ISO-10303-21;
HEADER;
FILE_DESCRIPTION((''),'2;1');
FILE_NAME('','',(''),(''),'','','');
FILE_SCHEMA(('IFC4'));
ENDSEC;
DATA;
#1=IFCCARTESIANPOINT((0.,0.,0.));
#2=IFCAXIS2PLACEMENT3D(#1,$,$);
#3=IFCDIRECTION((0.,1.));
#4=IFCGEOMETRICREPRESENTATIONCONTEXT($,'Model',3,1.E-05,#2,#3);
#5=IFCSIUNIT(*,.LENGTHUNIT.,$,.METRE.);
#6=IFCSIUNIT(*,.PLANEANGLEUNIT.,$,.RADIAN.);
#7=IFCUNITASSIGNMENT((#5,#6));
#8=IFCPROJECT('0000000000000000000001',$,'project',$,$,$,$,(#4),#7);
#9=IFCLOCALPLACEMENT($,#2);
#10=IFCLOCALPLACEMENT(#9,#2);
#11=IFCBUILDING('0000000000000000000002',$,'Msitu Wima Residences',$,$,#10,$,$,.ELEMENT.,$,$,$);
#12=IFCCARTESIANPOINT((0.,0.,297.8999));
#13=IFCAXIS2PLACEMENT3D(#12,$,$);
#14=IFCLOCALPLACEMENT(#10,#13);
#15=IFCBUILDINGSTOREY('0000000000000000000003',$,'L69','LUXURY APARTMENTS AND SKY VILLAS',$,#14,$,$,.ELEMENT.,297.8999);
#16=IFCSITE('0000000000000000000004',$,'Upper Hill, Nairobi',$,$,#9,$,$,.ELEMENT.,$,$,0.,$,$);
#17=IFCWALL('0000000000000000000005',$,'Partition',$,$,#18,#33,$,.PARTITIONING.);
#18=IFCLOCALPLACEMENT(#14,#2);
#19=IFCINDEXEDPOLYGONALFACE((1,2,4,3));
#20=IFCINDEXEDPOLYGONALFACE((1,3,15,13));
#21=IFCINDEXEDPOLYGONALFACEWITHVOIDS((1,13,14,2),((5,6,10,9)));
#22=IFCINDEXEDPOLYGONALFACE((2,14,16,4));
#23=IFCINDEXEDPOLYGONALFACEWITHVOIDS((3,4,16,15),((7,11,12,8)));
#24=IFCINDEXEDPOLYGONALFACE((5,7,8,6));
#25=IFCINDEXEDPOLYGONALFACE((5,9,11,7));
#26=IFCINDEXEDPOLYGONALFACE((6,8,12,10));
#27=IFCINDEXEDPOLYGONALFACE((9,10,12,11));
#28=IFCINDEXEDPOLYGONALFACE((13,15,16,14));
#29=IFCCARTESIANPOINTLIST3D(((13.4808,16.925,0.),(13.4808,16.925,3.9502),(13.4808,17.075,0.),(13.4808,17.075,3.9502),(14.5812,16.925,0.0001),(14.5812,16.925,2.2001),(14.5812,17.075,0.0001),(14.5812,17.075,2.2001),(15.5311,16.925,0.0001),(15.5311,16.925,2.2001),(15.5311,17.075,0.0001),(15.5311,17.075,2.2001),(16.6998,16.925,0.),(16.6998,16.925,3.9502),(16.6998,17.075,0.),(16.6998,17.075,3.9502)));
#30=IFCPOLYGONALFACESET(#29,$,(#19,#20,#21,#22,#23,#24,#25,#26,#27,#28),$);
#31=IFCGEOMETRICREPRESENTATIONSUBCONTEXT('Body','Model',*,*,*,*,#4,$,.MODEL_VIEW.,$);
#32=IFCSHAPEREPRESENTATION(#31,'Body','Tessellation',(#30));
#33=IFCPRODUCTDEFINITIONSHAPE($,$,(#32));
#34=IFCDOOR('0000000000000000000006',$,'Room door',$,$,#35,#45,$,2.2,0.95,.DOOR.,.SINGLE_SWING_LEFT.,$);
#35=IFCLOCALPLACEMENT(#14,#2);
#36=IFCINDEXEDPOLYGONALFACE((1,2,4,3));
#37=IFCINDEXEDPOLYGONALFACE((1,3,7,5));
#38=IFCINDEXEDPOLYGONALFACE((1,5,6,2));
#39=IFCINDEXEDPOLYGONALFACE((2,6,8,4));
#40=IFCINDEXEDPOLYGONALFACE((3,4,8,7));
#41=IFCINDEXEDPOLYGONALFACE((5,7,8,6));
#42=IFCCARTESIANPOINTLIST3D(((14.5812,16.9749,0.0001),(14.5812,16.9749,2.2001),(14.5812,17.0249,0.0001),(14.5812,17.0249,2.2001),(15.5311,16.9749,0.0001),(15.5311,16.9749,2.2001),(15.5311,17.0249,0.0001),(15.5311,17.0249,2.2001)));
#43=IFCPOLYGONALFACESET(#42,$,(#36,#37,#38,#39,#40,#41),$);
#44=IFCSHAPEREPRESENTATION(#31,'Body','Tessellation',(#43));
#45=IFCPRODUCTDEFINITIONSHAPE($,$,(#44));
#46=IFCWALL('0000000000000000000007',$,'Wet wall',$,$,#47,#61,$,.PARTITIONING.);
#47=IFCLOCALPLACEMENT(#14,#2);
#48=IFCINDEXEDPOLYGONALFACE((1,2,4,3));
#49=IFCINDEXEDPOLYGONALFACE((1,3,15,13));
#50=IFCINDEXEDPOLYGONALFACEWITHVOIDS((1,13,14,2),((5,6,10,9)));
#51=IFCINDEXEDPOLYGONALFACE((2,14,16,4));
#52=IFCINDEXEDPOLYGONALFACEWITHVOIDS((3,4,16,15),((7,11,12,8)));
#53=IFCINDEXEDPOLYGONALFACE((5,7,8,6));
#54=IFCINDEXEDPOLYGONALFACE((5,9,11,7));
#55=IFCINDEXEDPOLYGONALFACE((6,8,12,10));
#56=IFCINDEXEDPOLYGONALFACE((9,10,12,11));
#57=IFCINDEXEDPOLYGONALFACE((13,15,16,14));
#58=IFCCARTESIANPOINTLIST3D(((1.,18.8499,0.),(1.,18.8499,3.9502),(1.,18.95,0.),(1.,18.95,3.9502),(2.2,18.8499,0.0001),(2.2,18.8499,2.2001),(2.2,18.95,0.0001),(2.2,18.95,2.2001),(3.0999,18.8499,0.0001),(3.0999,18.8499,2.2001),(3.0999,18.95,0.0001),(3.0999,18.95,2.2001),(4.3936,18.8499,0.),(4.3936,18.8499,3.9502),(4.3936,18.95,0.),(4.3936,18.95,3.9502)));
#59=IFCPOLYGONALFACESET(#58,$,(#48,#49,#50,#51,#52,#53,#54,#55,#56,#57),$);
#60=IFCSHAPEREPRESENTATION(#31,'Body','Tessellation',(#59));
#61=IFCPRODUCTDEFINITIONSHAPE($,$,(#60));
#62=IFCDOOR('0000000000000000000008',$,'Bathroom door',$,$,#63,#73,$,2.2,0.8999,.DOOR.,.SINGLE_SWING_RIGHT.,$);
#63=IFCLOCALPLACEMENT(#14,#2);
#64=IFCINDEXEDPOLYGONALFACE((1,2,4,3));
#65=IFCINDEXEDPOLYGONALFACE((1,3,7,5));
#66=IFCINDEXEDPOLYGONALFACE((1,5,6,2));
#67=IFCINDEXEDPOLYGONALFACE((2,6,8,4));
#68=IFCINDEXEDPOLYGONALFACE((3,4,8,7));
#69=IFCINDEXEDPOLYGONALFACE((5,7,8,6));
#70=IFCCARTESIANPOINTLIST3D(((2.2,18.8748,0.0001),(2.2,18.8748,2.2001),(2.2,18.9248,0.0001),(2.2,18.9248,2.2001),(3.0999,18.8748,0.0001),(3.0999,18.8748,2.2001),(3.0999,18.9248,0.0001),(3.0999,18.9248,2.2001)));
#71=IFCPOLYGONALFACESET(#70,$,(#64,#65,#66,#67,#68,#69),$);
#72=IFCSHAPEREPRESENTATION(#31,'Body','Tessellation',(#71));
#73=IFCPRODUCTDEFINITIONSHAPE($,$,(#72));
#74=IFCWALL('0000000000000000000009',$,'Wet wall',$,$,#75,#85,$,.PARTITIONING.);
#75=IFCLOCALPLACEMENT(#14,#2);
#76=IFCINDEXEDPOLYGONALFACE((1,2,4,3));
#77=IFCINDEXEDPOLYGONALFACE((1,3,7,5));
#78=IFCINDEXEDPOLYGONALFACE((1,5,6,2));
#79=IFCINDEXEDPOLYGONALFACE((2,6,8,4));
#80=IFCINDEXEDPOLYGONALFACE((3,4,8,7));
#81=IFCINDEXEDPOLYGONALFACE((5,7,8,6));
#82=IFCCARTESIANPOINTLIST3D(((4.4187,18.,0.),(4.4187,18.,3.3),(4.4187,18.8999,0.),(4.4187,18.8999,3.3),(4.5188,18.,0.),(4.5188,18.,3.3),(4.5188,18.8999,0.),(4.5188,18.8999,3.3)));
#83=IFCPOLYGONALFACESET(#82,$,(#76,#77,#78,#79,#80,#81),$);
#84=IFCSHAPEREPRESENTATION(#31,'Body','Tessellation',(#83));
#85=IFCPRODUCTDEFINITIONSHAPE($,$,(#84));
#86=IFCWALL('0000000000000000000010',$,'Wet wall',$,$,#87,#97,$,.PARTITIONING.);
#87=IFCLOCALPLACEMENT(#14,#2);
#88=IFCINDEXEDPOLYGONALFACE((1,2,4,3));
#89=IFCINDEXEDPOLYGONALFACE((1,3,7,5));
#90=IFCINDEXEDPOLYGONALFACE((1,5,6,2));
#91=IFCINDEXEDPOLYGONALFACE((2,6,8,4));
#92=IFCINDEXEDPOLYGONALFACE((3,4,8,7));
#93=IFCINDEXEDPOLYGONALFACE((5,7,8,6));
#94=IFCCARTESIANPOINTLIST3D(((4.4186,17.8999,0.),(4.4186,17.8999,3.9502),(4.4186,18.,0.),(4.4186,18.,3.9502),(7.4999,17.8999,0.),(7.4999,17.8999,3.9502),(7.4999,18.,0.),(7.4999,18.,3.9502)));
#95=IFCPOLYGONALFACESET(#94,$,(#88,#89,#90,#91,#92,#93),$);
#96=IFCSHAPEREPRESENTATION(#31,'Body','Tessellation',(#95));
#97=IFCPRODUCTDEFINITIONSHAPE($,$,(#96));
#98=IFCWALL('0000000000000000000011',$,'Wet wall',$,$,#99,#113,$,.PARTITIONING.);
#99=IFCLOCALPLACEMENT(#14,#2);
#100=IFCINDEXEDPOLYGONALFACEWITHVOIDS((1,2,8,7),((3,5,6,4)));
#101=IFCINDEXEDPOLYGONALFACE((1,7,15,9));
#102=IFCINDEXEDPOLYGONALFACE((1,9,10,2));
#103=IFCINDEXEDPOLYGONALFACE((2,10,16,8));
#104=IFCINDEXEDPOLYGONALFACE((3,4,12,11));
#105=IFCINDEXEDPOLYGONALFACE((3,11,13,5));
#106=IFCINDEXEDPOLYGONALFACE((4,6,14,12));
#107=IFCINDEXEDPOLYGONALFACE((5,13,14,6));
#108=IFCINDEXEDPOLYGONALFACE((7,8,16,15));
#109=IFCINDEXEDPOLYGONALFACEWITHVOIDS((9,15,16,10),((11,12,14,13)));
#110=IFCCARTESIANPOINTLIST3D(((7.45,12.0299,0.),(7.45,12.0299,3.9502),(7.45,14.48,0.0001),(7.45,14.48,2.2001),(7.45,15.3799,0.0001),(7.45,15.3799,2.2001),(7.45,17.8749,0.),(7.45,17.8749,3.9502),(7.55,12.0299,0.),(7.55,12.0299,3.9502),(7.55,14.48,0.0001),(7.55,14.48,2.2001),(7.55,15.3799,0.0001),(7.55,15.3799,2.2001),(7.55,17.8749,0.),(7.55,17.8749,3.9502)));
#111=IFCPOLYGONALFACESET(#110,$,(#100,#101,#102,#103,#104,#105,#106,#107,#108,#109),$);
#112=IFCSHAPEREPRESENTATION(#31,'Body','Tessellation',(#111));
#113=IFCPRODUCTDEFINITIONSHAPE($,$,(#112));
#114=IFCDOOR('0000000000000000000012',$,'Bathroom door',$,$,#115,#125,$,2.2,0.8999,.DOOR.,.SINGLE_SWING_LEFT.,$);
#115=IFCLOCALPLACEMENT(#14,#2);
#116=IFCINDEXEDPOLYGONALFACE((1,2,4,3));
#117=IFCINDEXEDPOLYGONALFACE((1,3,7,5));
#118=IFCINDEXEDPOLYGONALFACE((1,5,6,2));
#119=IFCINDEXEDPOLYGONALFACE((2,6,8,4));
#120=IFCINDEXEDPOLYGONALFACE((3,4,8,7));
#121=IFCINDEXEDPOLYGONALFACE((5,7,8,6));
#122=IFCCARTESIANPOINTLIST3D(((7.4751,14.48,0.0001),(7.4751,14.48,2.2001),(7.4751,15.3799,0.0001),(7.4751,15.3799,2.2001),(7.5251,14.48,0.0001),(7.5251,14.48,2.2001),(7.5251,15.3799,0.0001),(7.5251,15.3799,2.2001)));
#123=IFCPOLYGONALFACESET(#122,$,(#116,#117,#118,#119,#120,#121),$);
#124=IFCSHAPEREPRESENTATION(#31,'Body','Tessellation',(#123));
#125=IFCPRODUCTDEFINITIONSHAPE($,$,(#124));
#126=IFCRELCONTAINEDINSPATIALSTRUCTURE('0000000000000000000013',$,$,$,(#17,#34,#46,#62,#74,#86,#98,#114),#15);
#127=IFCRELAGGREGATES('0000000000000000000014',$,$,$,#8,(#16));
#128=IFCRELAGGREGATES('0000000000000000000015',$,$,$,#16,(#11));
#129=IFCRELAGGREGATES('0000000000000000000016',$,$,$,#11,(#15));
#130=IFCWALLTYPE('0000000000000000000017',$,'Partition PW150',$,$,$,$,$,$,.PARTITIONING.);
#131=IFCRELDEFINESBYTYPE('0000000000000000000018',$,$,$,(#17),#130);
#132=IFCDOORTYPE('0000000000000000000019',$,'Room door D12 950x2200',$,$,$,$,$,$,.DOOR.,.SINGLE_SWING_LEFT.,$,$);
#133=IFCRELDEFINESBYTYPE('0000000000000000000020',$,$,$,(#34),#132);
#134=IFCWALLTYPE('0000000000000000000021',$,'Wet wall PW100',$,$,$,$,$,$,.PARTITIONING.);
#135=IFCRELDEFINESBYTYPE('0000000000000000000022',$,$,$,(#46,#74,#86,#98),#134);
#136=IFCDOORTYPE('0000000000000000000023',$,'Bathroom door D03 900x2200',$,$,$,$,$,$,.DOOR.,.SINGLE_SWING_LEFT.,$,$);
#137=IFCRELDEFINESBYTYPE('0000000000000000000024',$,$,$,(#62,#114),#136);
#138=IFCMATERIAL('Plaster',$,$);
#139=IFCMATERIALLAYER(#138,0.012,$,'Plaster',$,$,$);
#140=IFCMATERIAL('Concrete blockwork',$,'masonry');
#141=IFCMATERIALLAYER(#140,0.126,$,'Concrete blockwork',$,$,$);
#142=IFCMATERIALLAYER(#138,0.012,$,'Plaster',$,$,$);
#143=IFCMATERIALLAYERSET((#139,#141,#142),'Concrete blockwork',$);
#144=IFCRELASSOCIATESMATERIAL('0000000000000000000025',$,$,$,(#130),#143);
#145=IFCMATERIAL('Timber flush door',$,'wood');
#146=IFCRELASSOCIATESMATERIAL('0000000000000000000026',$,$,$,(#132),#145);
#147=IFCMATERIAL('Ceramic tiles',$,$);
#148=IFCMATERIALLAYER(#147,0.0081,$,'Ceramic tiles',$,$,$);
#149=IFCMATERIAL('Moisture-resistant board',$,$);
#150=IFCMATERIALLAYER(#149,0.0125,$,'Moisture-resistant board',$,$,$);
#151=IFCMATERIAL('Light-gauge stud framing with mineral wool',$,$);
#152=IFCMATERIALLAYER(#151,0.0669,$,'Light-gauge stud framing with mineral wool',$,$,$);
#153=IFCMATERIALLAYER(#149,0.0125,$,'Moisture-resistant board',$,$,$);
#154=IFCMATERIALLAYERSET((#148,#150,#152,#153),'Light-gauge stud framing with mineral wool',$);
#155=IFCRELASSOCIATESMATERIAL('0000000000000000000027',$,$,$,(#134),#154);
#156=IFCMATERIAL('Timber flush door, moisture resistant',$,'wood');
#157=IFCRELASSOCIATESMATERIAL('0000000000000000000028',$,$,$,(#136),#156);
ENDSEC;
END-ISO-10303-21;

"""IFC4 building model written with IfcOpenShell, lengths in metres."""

from ifc_helpers import new_model, si_unit, direction, frame, frame_2d, origin, place, context, subcontext, project, spatial, rectangle, extrude, material, layer, layer_set, type_object, element, fill, save


model = new_model("IFC4")

# Units and contexts
model_context = context("Model", 3, precision=1e-05, world=origin(), true_north=direction((0.0, 1.0)))
body_context = subcontext(model_context, "Body", "Model", "MODEL_VIEW")
ifc_project = project(units=[si_unit("LENGTHUNIT", "METRE"), si_unit("PLANEANGLEUNIT", "RADIAN")], contexts=[model_context])

# Site, building, storey
site_placement = place(None, origin())
site = spatial("IfcSite", under=ifc_project, at=site_placement, Name="Upper Hill, Nairobi", CompositionType="ELEMENT", RefElevation=0.0)
building_placement = place(site_placement, origin())
building = spatial("IfcBuilding", under=site, at=building_placement, Name="Msitu Wima Residences", CompositionType="ELEMENT")
storey_placement = place(building_placement, frame((0.0, 0.0, 297.8999)))
storey = spatial("IfcBuildingStorey", under=building, at=storey_placement, Name="L69", Description="LUXURY APARTMENTS AND SKY VILLAS", CompositionType="ELEMENT", Elevation=297.8999)

# Walls, openings, doors
ifc_material_1 = material(Name="Plaster")
ifc_layer_1 = layer(ifc_material_1, 0.012, Name="Plaster")
ifc_material_2 = material(Name="Concrete blockwork", Category="masonry")
ifc_layer_2 = layer(ifc_material_2, 0.126, Name="Concrete blockwork")
ifc_layer_3 = layer(ifc_material_1, 0.012, Name="Plaster")
ifc_layer_set_1 = layer_set([ifc_layer_1, ifc_layer_2, ifc_layer_3], Name="Concrete blockwork")
wall_type_1 = type_object("IfcWallType", Name="Partition PW150", PredefinedType="PARTITIONING", material=ifc_layer_set_1)
wall_1_placement = place(storey_placement, frame((13.481, 17.0, 0.0), z_axis=(0.0, 0.0, 1.0), x_axis=(1.0, 0.0, 0.0)))
wall_1 = element("IfcWall", 1, at=wall_1_placement, inside=storey, type_object=wall_type_1, Name="Partition", PredefinedType="PARTITIONING", context=body_context, shape_type="SweptSolid", body=[
    extrude(rectangle(XDim=3.219, YDim=0.1499, at=frame_2d((1.6094, 0.0))), origin(), (0.0, 0.0, 1.0), 3.9502),
])
opening_1_placement = place(wall_1_placement, frame((1.1001, 0.0, 0.0)))
opening_1 = element("IfcOpeningElement", 2, at=opening_1_placement, cuts=wall_1, PredefinedType="OPENING", context=body_context, shape_type="SweptSolid", body=[
    extrude(rectangle(XDim=0.95, YDim=2.2, at=frame_2d((0.4751, 1.1001))), frame((0.0, 0.085, 0.0), z_axis=(0.0, -1.0, 0.0), x_axis=(1.0, 0.0, 0.0)), (0.0, 0.0, 1.0), 0.1699),
])
ifc_material_3 = material(Name="Timber flush door", Category="wood")
door_type_1 = type_object("IfcDoorType", Name="Room door D12 950x2200", OperationType="SINGLE_SWING_LEFT", PredefinedType="DOOR", material=ifc_material_3)
door_1_placement = place(opening_1_placement, origin())
door_1 = element("IfcDoor", 3, at=door_1_placement, inside=storey, type_object=door_type_1, Name="Room door", OperationType="SINGLE_SWING_LEFT", OverallHeight=2.2, OverallWidth=0.95, PredefinedType="DOOR", context=body_context, shape_type="SweptSolid", body=[
    extrude(rectangle(XDim=0.95, YDim=2.2, at=frame_2d((0.4751, 1.1001))), frame((0.0, 0.0249, 0.0), z_axis=(0.0, -1.0, 0.0), x_axis=(1.0, 0.0, 0.0)), (0.0, 0.0, 1.0), 0.05),
])
fill(opening_1, door_1)
ifc_material_4 = material(Name="Ceramic tiles")
ifc_layer_4 = layer(ifc_material_4, 0.0081, Name="Ceramic tiles")
ifc_material_5 = material(Name="Moisture-resistant board")
ifc_layer_5 = layer(ifc_material_5, 0.0125, Name="Moisture-resistant board")
ifc_material_6 = material(Name="Light-gauge stud framing with mineral wool")
ifc_layer_6 = layer(ifc_material_6, 0.0669, Name="Light-gauge stud framing with mineral wool")
ifc_layer_7 = layer(ifc_material_5, 0.0125, Name="Moisture-resistant board")
ifc_layer_set_2 = layer_set([ifc_layer_4, ifc_layer_5, ifc_layer_6, ifc_layer_7], Name="Light-gauge stud framing with mineral wool")
wall_type_2 = type_object("IfcWallType", Name="Wet wall PW100", PredefinedType="PARTITIONING", material=ifc_layer_set_2)
wall_2_placement = place(storey_placement, frame((1.0, 18.8999, 0.0), z_axis=(0.0, 0.0, 1.0), x_axis=(1.0, 0.0, 0.0)))
wall_2 = element("IfcWall", 4, at=wall_2_placement, inside=storey, type_object=wall_type_2, Name="Wet wall", PredefinedType="PARTITIONING", context=body_context, shape_type="SweptSolid", body=[
    extrude(rectangle(XDim=3.3936, YDim=0.1001, at=frame_2d((1.6968, 0.0))), origin(), (0.0, 0.0, 1.0), 3.9502),
])
opening_2_placement = place(wall_2_placement, frame((1.2, 0.0, 0.0)))
opening_2 = element("IfcOpeningElement", 5, at=opening_2_placement, cuts=wall_2, PredefinedType="OPENING", context=body_context, shape_type="SweptSolid", body=[
    extrude(rectangle(XDim=0.8999, YDim=2.2, at=frame_2d((0.45, 1.1001))), frame((0.0, 0.0601, 0.0), z_axis=(0.0, -1.0, 0.0), x_axis=(1.0, 0.0, 0.0)), (0.0, 0.0, 1.0), 0.1201),
])
ifc_material_7 = material(Name="Timber flush door, moisture resistant", Category="wood")
door_type_2 = type_object("IfcDoorType", Name="Bathroom door D03 900x2200", OperationType="SINGLE_SWING_LEFT", PredefinedType="DOOR", material=ifc_material_7)
door_2_placement = place(opening_2_placement, origin())
door_2 = element("IfcDoor", 6, at=door_2_placement, inside=storey, type_object=door_type_2, Name="Bathroom door", OperationType="SINGLE_SWING_RIGHT", OverallHeight=2.2, OverallWidth=0.8999, PredefinedType="DOOR", context=body_context, shape_type="SweptSolid", body=[
    extrude(rectangle(XDim=0.8999, YDim=2.2, at=frame_2d((0.45, 1.1001))), frame((0.0, 0.0249, 0.0), z_axis=(0.0, -1.0, 0.0), x_axis=(1.0, 0.0, 0.0)), (0.0, 0.0, 1.0), 0.05),
])
fill(opening_2, door_2)

# Walls
wall_3_placement = place(storey_placement, frame((4.4688, 18.0, 0.0), z_axis=(0.0, 0.0, 1.0), x_axis=(0.0, 1.0, 0.0)))
element("IfcWall", 7, at=wall_3_placement, inside=storey, type_object=wall_type_2, Name="Wet wall", PredefinedType="PARTITIONING", context=body_context, shape_type="SweptSolid", body=[
    extrude(rectangle(XDim=0.8999, YDim=0.1001, at=frame_2d((0.45, 0.0))), origin(), (0.0, 0.0, 1.0), 3.3),
])
wall_4_placement = place(storey_placement, frame((4.4187, 17.95, 0.0), z_axis=(0.0, 0.0, 1.0), x_axis=(1.0, 0.0, 0.0)))
element("IfcWall", 8, at=wall_4_placement, inside=storey, type_object=wall_type_2, Name="Wet wall", PredefinedType="PARTITIONING", context=body_context, shape_type="SweptSolid", body=[
    extrude(rectangle(XDim=3.0813, YDim=0.1001, at=frame_2d((1.5405, 0.0))), origin(), (0.0, 0.0, 1.0), 3.9502),
])

# Wall, opening, door
wall_5_placement = place(storey_placement, frame((7.5, 12.03, 0.0), z_axis=(0.0, 0.0, 1.0), x_axis=(0.0, 1.0, 0.0)))
wall_5 = element("IfcWall", 9, at=wall_5_placement, inside=storey, type_object=wall_type_2, Name="Wet wall", PredefinedType="PARTITIONING", context=body_context, shape_type="SweptSolid", body=[
    extrude(rectangle(XDim=5.845, YDim=0.1001, at=frame_2d((2.9224, 0.0))), origin(), (0.0, 0.0, 1.0), 3.9502),
])
opening_3_placement = place(wall_5_placement, frame((2.45, 0.0, 0.0)))
opening_3 = element("IfcOpeningElement", 10, at=opening_3_placement, cuts=wall_5, PredefinedType="OPENING", context=body_context, shape_type="SweptSolid", body=[
    extrude(rectangle(XDim=0.8999, YDim=2.2, at=frame_2d((0.45, 1.1001))), frame((0.0, 0.0601, 0.0), z_axis=(0.0, -1.0, 0.0), x_axis=(1.0, 0.0, 0.0)), (0.0, 0.0, 1.0), 0.1201),
])
door_3_placement = place(opening_3_placement, origin())
door_3 = element("IfcDoor", 11, at=door_3_placement, inside=storey, type_object=door_type_2, Name="Bathroom door", OperationType="SINGLE_SWING_LEFT", OverallHeight=2.2, OverallWidth=0.8999, PredefinedType="DOOR", context=body_context, shape_type="SweptSolid", body=[
    extrude(rectangle(XDim=0.8999, YDim=2.2, at=frame_2d((0.45, 1.1001))), frame((0.0, 0.0249, 0.0), z_axis=(0.0, -1.0, 0.0), x_axis=(1.0, 0.0, 0.0)), (0.0, 0.0, 1.0), 0.05),
])
fill(opening_3, door_3)

save(model, "model.ifc")
